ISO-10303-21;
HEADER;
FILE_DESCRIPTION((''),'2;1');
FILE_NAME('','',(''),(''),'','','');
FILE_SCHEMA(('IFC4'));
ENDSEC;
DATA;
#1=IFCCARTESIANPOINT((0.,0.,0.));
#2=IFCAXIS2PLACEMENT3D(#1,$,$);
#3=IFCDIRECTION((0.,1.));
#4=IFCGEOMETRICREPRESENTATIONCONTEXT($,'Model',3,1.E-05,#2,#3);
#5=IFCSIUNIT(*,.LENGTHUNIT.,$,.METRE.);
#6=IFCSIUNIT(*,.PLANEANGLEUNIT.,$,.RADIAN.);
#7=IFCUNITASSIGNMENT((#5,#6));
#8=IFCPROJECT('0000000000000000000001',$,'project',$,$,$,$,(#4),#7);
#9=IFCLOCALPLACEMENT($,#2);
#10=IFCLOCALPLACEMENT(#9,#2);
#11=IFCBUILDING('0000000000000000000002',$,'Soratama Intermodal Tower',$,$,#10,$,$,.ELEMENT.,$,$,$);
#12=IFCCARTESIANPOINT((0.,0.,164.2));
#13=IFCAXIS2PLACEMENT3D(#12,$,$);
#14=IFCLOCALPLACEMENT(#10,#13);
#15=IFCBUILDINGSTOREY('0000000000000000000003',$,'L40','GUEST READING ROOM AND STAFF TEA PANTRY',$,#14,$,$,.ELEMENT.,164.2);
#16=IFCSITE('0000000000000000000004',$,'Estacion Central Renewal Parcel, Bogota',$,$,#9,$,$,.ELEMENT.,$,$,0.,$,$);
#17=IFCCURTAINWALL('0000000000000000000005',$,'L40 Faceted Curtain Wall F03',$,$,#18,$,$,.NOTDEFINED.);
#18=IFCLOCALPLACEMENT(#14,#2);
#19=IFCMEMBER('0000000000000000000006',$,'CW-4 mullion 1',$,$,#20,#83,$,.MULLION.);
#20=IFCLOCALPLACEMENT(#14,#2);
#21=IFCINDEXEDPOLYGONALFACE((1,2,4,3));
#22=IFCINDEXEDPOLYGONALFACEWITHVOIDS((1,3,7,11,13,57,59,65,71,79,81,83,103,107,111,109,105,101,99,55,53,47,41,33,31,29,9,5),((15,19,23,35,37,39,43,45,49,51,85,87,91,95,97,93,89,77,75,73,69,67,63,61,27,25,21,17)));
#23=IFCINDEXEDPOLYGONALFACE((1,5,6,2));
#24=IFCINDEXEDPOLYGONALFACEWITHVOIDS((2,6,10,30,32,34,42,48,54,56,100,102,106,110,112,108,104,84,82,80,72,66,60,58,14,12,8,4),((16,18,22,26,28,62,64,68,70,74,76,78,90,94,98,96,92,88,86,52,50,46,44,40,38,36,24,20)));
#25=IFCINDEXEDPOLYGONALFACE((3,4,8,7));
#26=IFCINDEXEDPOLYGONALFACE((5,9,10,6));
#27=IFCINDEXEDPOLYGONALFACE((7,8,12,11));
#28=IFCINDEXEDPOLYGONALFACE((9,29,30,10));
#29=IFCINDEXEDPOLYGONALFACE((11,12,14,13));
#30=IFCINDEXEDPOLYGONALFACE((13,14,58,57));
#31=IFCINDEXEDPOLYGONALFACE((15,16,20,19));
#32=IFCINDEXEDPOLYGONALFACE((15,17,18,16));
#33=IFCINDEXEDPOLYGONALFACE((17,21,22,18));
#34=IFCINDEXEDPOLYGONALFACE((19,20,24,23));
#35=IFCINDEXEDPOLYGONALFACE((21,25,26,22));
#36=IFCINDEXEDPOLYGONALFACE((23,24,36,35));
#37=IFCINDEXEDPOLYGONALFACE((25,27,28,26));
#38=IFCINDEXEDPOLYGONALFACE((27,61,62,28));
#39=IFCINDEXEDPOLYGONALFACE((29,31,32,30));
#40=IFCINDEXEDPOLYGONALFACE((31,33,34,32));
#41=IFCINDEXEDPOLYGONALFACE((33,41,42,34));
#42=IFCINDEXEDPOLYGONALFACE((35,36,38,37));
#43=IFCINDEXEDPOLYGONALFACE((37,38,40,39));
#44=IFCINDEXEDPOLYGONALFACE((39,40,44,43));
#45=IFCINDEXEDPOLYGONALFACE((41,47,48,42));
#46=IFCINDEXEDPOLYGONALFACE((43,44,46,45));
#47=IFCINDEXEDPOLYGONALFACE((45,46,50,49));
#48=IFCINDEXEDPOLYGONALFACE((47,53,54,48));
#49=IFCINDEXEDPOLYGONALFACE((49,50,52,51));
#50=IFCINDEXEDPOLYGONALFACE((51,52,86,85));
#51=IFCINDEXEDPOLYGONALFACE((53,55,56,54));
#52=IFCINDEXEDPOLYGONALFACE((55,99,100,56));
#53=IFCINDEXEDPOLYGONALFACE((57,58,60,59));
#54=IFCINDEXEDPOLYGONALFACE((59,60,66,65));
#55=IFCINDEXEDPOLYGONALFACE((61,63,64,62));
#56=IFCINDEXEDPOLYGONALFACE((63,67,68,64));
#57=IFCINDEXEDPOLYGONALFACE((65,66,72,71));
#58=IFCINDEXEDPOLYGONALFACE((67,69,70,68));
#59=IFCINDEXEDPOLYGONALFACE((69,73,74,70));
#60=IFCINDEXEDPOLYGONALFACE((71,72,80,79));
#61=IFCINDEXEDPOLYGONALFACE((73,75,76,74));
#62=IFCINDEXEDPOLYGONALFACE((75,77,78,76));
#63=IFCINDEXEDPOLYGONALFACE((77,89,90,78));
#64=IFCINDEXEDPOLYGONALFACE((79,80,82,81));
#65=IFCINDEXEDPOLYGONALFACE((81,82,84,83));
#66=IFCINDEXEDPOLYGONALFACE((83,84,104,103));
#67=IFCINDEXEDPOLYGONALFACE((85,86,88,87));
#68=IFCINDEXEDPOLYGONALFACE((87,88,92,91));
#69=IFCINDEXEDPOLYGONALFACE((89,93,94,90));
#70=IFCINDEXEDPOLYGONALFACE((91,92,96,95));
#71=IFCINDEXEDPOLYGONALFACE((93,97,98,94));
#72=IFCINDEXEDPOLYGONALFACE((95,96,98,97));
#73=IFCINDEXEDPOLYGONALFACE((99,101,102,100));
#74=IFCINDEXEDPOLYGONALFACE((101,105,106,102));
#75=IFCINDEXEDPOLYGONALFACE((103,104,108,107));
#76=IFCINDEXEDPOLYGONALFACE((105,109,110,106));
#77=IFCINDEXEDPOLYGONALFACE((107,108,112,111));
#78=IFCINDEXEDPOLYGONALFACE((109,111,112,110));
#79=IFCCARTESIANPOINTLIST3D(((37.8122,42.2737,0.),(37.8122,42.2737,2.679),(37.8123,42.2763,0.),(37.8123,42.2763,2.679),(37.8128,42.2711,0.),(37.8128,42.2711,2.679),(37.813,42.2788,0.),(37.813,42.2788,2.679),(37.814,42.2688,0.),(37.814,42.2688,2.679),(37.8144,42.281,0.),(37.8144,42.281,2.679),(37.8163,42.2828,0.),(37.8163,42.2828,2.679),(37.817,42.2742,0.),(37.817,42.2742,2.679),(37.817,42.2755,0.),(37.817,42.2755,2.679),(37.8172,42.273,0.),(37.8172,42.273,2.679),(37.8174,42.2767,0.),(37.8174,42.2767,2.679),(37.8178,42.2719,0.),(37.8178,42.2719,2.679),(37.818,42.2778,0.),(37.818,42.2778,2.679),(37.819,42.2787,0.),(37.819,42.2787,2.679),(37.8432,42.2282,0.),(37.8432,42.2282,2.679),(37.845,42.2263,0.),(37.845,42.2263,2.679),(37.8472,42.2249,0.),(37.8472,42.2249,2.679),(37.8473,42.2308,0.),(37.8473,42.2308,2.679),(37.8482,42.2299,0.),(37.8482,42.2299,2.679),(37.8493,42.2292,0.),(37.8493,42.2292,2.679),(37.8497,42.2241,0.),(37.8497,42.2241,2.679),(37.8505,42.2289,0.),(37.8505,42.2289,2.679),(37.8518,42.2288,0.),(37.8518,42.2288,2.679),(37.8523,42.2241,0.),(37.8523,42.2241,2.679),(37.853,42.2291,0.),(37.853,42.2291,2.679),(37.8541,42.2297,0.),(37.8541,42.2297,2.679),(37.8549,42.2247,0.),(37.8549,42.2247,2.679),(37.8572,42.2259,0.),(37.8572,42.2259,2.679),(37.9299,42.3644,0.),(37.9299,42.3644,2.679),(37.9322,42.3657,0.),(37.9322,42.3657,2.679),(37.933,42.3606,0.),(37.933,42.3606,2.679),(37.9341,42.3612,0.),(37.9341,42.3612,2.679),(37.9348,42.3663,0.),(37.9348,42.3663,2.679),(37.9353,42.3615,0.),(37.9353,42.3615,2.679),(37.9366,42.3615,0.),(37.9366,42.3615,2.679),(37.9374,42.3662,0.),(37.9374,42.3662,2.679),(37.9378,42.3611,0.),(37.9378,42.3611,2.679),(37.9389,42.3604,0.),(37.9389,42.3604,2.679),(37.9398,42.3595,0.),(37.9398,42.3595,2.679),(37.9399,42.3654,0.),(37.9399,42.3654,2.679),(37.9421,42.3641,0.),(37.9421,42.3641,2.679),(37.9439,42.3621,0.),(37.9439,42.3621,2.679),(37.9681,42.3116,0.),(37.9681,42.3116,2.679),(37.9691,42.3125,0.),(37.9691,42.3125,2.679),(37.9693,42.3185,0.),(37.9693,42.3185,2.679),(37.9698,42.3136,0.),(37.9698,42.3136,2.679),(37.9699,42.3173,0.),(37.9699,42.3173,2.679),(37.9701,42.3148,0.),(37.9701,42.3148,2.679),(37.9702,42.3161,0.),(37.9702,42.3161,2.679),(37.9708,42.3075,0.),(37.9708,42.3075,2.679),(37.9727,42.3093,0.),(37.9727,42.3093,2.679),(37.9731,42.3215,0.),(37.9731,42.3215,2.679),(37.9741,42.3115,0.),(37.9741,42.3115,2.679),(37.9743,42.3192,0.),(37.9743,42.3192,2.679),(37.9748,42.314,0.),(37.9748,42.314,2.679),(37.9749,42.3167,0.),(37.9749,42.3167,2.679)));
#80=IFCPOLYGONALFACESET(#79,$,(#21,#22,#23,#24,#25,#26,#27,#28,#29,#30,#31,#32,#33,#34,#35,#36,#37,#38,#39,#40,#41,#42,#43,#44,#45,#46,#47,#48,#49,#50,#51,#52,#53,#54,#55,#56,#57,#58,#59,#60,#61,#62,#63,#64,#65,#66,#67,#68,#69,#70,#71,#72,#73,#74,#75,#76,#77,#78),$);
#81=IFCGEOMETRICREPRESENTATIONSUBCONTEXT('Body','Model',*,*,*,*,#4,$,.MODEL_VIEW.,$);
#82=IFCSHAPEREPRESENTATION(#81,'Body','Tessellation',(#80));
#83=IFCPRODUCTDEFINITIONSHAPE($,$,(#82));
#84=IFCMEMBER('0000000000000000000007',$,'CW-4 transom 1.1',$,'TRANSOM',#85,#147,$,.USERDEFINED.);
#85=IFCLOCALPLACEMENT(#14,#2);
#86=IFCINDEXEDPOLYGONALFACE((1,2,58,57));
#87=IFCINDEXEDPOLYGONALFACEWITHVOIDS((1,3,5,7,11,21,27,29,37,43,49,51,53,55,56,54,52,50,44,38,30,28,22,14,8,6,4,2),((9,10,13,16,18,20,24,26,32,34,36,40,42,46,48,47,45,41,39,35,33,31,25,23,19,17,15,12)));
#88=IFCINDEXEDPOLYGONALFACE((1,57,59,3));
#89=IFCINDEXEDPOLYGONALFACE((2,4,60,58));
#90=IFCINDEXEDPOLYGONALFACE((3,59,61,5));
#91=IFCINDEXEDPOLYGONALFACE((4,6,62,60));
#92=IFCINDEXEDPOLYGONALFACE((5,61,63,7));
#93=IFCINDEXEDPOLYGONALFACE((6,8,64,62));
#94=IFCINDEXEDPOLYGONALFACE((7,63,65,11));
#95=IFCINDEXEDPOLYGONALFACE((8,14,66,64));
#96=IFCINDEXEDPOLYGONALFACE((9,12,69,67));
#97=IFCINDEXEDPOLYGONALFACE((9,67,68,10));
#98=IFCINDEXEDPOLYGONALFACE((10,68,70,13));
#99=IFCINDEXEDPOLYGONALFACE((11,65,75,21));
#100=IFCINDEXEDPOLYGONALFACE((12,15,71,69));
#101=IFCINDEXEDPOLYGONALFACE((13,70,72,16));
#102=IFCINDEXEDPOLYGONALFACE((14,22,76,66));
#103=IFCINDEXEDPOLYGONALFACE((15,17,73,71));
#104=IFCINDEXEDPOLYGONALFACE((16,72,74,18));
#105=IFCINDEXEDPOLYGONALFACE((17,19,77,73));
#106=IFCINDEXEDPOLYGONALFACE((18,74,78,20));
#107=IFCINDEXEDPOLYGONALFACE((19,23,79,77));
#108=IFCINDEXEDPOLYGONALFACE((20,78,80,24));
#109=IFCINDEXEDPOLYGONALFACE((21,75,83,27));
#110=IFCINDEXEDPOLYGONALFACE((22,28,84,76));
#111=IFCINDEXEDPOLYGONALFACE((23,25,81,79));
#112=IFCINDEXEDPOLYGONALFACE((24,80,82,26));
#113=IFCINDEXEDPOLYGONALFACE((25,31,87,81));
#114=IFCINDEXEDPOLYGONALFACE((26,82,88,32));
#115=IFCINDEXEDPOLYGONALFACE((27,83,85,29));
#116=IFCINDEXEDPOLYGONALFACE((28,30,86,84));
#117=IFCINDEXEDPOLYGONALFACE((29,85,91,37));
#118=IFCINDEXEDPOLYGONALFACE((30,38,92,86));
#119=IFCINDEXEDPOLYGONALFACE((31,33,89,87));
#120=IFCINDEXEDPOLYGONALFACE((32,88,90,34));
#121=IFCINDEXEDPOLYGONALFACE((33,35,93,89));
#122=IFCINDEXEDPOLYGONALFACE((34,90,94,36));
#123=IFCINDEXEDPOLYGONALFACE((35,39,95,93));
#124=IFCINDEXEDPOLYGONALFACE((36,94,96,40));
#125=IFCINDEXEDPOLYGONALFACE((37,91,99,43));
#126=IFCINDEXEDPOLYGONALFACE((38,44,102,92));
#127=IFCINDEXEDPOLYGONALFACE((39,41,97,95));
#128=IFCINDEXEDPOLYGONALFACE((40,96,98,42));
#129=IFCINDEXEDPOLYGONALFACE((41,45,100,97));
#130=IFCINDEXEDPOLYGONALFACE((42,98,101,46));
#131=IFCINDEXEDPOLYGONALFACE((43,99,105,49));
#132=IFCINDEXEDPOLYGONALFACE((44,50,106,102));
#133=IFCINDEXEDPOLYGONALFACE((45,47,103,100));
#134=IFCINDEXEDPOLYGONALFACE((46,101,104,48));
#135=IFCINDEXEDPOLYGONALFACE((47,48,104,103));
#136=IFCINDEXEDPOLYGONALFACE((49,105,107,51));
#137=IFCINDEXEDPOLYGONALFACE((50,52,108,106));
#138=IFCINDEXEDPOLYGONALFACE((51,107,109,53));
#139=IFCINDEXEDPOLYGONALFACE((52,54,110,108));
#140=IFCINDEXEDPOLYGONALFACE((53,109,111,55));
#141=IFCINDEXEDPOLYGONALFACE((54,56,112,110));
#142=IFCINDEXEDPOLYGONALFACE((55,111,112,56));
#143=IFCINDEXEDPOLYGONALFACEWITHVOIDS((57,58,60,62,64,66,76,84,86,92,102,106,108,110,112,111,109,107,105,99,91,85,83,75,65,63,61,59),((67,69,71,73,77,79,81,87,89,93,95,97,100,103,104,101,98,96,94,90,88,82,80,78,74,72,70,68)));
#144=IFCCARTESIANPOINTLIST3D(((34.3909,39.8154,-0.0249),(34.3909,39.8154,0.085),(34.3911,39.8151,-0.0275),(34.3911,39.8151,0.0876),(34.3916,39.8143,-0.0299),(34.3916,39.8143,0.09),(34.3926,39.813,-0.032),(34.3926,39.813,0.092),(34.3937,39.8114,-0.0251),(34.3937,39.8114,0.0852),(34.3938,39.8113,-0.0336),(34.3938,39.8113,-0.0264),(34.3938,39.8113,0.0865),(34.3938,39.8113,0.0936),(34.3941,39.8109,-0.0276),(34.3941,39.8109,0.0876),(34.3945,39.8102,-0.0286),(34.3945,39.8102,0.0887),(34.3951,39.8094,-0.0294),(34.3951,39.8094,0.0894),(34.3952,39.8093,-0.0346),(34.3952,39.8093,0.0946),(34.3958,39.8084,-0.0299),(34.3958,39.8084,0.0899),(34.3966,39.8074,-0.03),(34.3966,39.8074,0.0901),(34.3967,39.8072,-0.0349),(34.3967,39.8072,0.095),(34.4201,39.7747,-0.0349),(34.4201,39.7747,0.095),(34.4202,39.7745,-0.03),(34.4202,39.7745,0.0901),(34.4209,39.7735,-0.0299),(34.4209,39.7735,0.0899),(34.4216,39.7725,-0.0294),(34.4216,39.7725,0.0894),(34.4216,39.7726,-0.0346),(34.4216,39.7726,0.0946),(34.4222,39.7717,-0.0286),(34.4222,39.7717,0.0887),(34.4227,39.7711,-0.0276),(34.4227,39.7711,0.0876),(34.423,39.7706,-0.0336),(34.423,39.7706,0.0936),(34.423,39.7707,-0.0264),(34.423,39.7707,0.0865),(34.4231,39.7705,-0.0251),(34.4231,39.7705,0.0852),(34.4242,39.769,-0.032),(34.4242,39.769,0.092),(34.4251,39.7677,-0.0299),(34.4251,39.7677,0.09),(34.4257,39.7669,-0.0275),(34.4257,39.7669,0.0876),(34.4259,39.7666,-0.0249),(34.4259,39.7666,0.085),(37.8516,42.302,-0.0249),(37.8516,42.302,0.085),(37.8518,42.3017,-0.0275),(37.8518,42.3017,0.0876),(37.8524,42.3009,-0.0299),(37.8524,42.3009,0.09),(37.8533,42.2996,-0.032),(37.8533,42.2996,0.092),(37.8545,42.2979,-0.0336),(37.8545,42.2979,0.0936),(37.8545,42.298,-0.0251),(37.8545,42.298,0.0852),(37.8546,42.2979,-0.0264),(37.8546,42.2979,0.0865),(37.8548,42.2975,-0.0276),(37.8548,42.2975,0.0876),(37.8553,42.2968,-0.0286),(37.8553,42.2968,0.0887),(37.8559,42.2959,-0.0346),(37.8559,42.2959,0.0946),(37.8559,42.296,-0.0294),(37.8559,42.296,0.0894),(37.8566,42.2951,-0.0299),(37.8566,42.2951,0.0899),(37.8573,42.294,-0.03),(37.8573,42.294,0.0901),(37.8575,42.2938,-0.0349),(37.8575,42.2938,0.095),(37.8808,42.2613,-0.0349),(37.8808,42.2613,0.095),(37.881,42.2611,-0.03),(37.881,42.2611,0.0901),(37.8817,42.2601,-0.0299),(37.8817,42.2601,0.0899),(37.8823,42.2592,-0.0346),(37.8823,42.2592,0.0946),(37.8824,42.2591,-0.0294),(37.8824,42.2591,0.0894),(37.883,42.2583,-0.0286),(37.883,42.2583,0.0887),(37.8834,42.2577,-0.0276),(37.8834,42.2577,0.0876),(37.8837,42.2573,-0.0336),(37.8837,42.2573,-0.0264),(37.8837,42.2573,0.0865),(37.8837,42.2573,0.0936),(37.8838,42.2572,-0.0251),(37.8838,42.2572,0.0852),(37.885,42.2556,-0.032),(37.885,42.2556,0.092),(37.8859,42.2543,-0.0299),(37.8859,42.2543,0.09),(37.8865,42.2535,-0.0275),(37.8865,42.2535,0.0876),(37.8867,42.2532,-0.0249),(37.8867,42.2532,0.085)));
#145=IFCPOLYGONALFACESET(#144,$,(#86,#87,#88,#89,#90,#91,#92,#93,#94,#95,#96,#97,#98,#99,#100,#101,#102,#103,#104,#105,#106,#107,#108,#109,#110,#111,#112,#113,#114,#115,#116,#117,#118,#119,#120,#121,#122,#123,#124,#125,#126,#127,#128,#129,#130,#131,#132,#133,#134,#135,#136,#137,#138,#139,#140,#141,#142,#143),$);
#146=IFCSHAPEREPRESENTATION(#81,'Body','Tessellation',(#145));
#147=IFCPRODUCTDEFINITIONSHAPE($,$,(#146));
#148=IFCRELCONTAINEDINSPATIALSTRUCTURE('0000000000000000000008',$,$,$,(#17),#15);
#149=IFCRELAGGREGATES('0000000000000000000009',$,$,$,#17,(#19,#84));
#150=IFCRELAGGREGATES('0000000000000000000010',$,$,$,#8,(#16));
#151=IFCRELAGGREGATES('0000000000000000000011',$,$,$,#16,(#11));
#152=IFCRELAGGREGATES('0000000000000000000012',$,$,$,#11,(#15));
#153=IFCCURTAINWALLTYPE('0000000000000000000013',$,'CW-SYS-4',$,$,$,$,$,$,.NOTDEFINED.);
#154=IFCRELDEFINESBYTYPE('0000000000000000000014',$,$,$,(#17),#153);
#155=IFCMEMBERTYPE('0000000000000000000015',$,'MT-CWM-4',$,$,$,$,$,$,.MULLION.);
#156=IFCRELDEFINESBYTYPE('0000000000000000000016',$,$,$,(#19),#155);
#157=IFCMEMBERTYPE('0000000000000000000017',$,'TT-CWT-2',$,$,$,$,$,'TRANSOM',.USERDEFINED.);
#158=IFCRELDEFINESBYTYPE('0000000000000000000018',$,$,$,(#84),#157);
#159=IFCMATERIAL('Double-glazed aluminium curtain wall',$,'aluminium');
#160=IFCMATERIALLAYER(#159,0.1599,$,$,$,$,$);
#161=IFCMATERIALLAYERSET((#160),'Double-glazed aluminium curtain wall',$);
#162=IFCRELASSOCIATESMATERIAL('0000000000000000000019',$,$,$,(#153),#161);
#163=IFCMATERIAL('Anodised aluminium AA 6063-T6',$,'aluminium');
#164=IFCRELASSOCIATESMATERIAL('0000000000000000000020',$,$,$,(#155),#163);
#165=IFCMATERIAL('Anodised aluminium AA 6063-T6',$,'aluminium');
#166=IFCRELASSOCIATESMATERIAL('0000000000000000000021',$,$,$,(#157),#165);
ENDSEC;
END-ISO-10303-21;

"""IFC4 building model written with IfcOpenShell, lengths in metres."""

from ifc_helpers import new_model, si_unit, direction, frame, origin, origin_2d, place, context, subcontext, project, spatial, hollow_rectangle, extrude, material, layer, layer_set, material_profile, profile_set, type_object, element, aggregate, save


model = new_model("IFC4")

# Units and contexts
model_context = context("Model", 3, precision=1e-05, world=origin(), true_north=direction((0.0, 1.0)))
body_context = subcontext(model_context, "Body", "Model", "MODEL_VIEW")
ifc_project = project(units=[si_unit("LENGTHUNIT", "METRE"), si_unit("PLANEANGLEUNIT", "RADIAN")], contexts=[model_context])

# Site, building, storey
site_placement = place(None, origin())
site = spatial("IfcSite", under=ifc_project, at=site_placement, Name="Estacion Central Renewal Parcel, Bogota", CompositionType="ELEMENT", RefElevation=0.0)
building_placement = place(site_placement, origin())
building = spatial("IfcBuilding", under=site, at=building_placement, Name="Soratama Intermodal Tower", CompositionType="ELEMENT")
storey_placement = place(building_placement, frame((0.0, 0.0, 164.2)))
storey = spatial("IfcBuildingStorey", under=building, at=storey_placement, Name="L40", Description="GUEST READING ROOM AND STAFF TEA PANTRY", CompositionType="ELEMENT", Elevation=164.2)

# Curtain wall, members
ifc_material_1 = material(Name="Double-glazed aluminium curtain wall", Category="aluminium")
ifc_layer_1 = layer(ifc_material_1, 0.1599)
ifc_layer_set_1 = layer_set([ifc_layer_1], Name="Double-glazed aluminium curtain wall")
curtain_wall_type = type_object("IfcCurtainWallType", Name="CW-SYS-4", PredefinedType="NOTDEFINED", material=ifc_layer_set_1)
curtain_wall_placement = place(storey_placement, origin())
curtain_wall = element("IfcCurtainWall", 1, at=curtain_wall_placement, inside=storey, type_object=curtain_wall_type, Name="L40 Faceted Curtain Wall F03", PredefinedType="NOTDEFINED")
ifc_material_2 = material(Name="Anodised aluminium AA 6063-T6", Category="aluminium")
ifc_material_profile_1 = material_profile(ifc_material_2, hollow_rectangle(XDim=0.0701, YDim=0.1599, WallThickness=0.0049, InnerFilletRadius=0.0049, OuterFilletRadius=0.01, at=origin_2d()), Name="CWM160X70X5")
ifc_profile_set_1 = profile_set([ifc_material_profile_1], Name="Anodised aluminium AA 6063-T6")
member_type_1 = type_object("IfcMemberType", Name="MT-CWM-4", PredefinedType="MULLION", material=ifc_profile_set_1)
member_1_placement = place(storey_placement, frame((37.8936, 42.2952, 0.0), z_axis=(0.0, 0.0, 1.0), x_axis=(0.583543, -0.812082, 0.0)))
member_1 = element("IfcMember", 2, at=member_1_placement, type_object=member_type_1, Name="CW-4 mullion 1", PredefinedType="MULLION", context=body_context, shape_type="SweptSolid", body=[
    extrude(hollow_rectangle(XDim=0.0701, YDim=0.1599, WallThickness=0.0049, InnerFilletRadius=0.0049, OuterFilletRadius=0.01, at=origin_2d()), origin(), (0.0, 0.0, 1.0), 2.679),
])
ifc_material_3 = material(Name="Anodised aluminium AA 6063-T6", Category="aluminium")
ifc_material_profile_2 = material_profile(ifc_material_3, hollow_rectangle(XDim=0.0601, YDim=0.1299, WallThickness=0.0049, InnerFilletRadius=0.0049, OuterFilletRadius=0.01, at=origin_2d()), Name="CWT130X60X5")
ifc_profile_set_2 = profile_set([ifc_material_profile_2], Name="Anodised aluminium AA 6063-T6")
member_type_2 = type_object("IfcMemberType", Name="TT-CWT-2", ElementType="TRANSOM", PredefinedType="USERDEFINED", material=ifc_profile_set_2)
member_2_placement = place(storey_placement, frame((37.8691, 42.2776, 0.03), z_axis=(-0.812104, -0.583512, 0.0), x_axis=(0.583512, -0.812104, 0.0)))
member_2 = element("IfcMember", 3, at=member_2_placement, type_object=member_type_2, Name="CW-4 transom 1.1", ObjectType="TRANSOM", PredefinedType="USERDEFINED", context=body_context, shape_type="SweptSolid", body=[
    extrude(hollow_rectangle(XDim=0.0601, YDim=0.1299, WallThickness=0.0049, InnerFilletRadius=0.0049, OuterFilletRadius=0.01, at=origin_2d()), origin(), (0.0, 0.0, 1.0), 4.2615),
])
aggregate(curtain_wall, [member_1, member_2])

save(model, "model.ifc")
